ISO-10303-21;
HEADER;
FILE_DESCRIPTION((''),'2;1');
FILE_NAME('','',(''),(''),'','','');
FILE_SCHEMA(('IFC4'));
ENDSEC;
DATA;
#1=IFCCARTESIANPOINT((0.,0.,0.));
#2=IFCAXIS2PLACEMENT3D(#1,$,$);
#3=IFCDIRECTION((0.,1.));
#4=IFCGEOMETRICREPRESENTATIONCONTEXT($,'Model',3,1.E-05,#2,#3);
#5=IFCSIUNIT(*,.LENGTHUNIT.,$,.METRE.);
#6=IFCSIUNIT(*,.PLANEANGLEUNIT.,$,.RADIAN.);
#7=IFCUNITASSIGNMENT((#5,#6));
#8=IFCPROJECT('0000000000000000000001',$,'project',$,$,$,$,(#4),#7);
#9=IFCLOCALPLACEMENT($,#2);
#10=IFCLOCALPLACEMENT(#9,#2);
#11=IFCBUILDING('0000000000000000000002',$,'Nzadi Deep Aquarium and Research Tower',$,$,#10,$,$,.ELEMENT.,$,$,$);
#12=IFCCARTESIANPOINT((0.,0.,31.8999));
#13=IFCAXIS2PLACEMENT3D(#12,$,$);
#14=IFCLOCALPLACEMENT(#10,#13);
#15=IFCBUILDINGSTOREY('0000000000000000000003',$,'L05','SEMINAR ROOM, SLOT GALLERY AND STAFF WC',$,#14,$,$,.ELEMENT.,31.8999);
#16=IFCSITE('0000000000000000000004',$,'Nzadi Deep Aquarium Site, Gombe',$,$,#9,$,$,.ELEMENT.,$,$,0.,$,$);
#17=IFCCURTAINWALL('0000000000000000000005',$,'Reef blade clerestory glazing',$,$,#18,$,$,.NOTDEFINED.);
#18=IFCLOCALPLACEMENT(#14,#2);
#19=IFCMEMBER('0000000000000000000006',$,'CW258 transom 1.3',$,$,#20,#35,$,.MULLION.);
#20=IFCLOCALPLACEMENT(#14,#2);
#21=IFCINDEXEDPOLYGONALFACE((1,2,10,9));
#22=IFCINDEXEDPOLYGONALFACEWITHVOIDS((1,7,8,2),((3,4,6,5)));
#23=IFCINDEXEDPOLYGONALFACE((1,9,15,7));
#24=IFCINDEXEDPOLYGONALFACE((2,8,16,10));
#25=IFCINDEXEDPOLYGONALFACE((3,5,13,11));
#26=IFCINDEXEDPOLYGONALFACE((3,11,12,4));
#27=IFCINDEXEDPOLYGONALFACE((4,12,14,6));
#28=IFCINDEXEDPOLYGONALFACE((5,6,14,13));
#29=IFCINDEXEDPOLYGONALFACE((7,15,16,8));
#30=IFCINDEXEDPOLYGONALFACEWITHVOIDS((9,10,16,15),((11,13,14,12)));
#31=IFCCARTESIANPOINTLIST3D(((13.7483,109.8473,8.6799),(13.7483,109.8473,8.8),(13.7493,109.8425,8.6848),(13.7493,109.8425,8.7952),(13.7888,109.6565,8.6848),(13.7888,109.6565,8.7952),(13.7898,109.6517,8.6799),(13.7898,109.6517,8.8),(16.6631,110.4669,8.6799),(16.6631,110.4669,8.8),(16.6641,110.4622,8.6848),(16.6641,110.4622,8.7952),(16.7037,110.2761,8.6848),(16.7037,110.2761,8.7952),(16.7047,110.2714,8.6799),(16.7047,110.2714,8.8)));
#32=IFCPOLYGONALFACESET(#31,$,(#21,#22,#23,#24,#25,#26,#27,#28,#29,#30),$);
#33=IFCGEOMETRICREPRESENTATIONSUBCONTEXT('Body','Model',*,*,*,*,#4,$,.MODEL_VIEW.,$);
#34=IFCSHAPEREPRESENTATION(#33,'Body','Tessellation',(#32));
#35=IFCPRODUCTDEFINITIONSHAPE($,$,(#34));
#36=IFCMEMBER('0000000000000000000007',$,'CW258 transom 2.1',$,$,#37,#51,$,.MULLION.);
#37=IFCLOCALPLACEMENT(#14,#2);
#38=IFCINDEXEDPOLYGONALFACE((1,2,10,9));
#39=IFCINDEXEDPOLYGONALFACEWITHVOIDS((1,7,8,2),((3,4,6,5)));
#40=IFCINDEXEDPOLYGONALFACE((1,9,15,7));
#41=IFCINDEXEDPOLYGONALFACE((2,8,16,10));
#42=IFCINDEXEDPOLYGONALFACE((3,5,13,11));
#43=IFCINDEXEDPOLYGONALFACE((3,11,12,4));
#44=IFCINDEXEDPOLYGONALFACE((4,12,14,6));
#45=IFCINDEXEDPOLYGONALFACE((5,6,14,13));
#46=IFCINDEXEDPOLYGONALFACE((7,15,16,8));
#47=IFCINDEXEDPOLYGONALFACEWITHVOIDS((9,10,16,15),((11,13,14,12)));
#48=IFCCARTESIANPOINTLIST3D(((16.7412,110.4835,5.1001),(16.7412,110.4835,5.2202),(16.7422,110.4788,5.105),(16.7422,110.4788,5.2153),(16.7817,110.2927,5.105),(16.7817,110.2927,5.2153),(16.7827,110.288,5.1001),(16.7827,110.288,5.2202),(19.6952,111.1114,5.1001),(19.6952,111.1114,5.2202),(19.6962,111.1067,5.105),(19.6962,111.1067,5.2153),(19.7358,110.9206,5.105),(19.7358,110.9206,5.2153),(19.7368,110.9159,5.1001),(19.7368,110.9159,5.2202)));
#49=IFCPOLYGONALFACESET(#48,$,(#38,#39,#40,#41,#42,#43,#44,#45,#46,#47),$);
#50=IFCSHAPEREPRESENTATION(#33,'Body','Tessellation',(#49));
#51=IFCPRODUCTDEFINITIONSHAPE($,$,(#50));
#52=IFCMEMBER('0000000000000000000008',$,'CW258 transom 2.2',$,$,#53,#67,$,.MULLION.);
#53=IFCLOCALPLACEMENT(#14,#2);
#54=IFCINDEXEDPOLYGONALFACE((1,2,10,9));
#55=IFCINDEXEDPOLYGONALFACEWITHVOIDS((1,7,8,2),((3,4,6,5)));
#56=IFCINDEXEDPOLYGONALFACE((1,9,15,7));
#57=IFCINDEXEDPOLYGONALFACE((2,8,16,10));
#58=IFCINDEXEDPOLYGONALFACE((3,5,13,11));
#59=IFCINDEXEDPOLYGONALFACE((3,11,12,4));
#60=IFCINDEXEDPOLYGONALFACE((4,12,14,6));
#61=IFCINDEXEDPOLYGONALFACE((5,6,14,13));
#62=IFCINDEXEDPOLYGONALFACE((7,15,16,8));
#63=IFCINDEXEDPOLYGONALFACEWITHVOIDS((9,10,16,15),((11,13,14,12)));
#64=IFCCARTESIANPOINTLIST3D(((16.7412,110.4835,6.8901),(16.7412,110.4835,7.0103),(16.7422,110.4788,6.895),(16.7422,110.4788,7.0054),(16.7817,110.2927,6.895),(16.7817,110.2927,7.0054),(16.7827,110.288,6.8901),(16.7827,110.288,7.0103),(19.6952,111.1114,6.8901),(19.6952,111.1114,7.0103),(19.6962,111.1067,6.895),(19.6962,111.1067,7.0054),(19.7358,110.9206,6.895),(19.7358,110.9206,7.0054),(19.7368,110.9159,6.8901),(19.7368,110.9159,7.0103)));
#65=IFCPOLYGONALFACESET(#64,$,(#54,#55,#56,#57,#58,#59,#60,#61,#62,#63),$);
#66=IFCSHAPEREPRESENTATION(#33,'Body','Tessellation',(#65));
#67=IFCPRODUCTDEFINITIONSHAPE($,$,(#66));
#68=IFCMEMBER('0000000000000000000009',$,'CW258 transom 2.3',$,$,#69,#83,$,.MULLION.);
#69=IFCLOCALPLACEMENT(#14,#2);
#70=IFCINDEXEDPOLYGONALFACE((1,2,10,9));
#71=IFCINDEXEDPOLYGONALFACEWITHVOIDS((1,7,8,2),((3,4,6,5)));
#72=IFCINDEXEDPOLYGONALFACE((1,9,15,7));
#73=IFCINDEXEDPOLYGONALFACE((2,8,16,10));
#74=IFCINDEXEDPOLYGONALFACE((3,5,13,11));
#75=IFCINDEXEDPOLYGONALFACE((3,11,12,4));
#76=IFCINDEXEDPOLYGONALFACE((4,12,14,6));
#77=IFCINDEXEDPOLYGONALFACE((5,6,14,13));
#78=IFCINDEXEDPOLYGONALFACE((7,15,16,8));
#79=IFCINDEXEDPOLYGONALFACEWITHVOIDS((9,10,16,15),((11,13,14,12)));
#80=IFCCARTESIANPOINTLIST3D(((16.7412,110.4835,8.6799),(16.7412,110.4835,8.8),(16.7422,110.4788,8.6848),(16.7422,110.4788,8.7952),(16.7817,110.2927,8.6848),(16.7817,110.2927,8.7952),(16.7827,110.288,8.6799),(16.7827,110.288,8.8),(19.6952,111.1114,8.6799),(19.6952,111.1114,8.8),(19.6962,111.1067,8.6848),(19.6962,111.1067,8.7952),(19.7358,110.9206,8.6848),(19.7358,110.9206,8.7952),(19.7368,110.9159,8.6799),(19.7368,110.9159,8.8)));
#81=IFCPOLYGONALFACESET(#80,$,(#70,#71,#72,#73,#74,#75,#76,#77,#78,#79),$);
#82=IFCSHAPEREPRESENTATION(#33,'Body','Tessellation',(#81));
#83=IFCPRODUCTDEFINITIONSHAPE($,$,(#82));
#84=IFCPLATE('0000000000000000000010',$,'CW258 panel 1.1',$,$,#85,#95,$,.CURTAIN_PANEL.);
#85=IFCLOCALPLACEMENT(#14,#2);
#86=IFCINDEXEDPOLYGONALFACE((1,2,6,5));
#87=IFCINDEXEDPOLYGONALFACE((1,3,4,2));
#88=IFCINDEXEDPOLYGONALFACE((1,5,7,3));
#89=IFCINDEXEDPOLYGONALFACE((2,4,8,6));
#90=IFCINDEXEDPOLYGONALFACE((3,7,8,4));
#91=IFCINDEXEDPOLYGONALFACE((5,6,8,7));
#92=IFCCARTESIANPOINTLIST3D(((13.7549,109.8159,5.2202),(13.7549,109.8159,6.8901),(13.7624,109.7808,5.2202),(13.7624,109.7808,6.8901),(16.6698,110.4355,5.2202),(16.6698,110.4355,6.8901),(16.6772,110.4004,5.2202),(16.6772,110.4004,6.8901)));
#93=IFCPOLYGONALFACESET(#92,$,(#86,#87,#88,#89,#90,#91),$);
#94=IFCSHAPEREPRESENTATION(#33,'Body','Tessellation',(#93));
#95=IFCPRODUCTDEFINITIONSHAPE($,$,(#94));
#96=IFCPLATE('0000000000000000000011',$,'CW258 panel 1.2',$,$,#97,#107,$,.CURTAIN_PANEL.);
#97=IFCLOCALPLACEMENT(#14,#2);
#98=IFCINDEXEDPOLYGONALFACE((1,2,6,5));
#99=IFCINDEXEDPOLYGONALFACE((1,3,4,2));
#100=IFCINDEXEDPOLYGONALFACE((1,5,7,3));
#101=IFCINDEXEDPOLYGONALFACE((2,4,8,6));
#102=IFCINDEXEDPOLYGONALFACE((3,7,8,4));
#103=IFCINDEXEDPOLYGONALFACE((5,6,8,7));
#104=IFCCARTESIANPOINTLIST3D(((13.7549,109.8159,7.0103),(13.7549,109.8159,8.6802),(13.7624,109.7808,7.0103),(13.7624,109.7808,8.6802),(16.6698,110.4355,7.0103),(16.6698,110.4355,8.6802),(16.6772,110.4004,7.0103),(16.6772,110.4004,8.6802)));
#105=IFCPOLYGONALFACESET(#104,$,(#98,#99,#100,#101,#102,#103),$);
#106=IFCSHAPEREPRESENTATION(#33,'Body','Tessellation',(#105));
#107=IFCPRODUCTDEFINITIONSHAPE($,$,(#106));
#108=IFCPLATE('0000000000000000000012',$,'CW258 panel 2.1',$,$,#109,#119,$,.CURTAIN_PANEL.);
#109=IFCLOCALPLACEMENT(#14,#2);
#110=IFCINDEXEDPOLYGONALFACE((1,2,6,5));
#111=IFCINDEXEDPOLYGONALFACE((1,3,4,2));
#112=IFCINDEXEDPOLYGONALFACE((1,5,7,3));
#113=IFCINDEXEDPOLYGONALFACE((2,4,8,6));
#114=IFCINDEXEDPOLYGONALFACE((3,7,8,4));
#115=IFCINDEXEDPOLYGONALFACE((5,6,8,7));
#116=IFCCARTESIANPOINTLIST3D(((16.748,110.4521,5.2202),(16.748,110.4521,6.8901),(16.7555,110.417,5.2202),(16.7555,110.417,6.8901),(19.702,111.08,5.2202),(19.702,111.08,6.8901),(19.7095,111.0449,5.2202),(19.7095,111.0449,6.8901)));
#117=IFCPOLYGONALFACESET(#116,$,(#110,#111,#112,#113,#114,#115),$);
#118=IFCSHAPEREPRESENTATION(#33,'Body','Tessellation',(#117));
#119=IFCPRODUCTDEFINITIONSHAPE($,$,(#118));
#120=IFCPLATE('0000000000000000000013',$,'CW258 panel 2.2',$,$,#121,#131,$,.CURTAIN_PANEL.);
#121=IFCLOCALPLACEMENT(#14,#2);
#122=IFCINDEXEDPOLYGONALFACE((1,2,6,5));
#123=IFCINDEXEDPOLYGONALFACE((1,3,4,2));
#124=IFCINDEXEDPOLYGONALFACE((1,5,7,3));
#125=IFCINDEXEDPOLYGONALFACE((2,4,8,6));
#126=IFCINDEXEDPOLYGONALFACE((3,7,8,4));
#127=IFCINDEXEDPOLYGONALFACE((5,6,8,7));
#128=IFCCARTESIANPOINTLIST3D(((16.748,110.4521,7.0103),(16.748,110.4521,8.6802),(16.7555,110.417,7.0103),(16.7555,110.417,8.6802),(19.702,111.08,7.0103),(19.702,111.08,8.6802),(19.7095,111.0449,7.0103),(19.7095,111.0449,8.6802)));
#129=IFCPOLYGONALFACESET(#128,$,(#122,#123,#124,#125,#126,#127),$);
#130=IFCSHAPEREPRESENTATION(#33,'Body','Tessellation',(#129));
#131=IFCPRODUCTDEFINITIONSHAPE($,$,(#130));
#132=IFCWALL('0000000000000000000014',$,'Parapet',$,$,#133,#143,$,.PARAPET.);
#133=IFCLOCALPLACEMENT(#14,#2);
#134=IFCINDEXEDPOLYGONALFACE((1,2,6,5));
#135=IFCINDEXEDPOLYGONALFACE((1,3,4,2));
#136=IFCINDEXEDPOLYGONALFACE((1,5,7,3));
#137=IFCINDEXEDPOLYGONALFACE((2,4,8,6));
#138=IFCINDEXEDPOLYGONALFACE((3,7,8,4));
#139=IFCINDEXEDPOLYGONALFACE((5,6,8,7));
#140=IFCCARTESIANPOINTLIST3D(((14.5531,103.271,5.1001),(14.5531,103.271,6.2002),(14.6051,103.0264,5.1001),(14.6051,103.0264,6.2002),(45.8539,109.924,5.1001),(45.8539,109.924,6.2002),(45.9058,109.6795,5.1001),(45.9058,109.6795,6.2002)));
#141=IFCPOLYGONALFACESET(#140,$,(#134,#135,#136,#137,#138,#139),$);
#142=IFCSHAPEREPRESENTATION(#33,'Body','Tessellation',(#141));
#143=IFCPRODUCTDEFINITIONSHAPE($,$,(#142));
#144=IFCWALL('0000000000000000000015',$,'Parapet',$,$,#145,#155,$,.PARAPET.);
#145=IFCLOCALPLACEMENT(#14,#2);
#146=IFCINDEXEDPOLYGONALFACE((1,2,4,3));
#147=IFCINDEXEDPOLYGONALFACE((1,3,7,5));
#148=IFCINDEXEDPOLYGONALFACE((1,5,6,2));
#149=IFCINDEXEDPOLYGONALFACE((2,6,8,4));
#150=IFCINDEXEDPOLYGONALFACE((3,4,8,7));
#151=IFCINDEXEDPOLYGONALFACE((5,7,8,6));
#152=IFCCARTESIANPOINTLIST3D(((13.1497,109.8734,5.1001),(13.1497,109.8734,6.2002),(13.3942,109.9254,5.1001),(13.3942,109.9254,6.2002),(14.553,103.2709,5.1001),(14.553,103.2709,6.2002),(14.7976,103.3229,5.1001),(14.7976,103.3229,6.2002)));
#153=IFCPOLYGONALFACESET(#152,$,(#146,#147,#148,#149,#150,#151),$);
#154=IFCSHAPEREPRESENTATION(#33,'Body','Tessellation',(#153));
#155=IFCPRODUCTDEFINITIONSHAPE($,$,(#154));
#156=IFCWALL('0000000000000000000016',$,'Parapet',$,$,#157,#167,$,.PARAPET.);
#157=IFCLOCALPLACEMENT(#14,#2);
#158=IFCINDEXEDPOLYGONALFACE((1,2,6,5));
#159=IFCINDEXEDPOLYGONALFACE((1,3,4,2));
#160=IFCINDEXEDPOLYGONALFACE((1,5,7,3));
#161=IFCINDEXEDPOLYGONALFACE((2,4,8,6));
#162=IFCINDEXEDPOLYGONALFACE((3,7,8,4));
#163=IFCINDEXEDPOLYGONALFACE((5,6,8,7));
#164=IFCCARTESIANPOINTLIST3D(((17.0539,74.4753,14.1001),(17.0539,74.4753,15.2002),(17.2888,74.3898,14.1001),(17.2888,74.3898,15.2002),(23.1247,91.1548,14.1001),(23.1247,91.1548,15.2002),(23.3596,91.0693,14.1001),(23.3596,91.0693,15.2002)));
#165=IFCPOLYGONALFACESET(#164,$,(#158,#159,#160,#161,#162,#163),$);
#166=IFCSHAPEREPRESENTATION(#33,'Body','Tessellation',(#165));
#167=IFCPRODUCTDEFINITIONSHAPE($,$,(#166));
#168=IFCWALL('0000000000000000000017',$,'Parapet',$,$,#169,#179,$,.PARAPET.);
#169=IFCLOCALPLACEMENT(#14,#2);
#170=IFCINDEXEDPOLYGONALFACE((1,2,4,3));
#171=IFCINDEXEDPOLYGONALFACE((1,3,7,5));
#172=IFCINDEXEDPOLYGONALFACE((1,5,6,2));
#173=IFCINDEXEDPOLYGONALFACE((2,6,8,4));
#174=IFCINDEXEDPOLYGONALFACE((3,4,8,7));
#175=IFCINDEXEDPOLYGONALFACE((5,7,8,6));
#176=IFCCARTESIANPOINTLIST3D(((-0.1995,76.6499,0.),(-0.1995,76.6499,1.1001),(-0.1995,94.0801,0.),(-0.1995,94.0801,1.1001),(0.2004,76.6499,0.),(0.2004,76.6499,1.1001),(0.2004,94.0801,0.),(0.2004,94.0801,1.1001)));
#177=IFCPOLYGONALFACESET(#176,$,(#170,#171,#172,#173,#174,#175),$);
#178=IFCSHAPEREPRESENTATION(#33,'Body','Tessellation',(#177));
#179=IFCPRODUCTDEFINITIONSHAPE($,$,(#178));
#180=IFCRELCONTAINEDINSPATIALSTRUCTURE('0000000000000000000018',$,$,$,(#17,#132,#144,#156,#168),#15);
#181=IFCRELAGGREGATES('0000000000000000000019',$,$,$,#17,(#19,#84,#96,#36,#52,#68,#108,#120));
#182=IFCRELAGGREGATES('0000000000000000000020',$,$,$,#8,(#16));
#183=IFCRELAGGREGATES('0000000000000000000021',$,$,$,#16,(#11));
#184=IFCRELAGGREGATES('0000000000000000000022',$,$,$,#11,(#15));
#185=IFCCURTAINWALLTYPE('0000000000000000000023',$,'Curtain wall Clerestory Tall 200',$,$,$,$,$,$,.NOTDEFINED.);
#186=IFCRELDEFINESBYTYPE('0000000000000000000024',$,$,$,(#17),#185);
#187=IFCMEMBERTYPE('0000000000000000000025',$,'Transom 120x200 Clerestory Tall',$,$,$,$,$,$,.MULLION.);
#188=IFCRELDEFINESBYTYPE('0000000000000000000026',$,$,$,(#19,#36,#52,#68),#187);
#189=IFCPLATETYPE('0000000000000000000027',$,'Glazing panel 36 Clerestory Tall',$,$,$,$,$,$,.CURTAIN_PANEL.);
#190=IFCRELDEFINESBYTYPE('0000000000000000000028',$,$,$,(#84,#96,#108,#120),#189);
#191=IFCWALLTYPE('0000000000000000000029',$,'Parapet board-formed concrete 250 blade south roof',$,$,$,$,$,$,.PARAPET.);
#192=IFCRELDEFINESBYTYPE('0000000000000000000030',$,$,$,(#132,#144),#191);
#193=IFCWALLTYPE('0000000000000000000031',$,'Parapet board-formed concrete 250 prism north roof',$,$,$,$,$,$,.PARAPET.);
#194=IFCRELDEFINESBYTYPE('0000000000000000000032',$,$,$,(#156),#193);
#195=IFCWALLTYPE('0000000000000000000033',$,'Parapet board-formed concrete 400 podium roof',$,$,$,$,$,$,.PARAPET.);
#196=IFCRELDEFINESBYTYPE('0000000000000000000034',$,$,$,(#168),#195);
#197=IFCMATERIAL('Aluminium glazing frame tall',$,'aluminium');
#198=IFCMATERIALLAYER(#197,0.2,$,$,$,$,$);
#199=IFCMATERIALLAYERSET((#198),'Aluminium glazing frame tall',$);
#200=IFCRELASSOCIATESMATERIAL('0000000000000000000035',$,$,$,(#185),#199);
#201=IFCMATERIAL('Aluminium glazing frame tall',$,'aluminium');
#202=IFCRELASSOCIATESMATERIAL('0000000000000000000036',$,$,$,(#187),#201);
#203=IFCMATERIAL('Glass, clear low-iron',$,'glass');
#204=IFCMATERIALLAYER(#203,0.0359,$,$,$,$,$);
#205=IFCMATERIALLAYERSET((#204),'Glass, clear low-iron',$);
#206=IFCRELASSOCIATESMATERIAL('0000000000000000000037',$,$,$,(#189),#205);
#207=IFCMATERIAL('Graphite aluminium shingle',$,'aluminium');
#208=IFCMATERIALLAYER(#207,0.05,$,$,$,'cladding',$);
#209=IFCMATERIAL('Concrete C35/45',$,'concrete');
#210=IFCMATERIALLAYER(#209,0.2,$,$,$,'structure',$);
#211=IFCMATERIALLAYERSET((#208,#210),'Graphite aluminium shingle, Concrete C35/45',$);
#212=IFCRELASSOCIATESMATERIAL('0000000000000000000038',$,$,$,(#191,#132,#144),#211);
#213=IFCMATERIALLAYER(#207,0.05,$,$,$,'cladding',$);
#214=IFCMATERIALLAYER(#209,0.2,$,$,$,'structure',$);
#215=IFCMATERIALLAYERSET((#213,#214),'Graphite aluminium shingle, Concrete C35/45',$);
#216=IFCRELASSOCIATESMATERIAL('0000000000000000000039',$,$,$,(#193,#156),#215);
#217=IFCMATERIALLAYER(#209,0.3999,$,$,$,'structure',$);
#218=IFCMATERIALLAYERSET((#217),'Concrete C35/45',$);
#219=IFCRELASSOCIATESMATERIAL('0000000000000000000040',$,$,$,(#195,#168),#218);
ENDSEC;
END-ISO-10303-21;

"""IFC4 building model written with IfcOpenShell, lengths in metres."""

from ifc_helpers import new_model, si_unit, direction, frame, frame_2d, origin, origin_2d, place, context, subcontext, project, spatial, rectangle, hollow_rectangle, extrude, material, layer, layer_set, layer_usage, material_profile, profile_set, type_object, element, aggregate, save


model = new_model("IFC4")

# Units and contexts
model_context = context("Model", 3, precision=1e-05, world=origin(), true_north=direction((0.0, 1.0)))
body_context = subcontext(model_context, "Body", "Model", "MODEL_VIEW")
ifc_project = project(units=[si_unit("LENGTHUNIT", "METRE"), si_unit("PLANEANGLEUNIT", "RADIAN")], contexts=[model_context])

# Site, building, storey
site_placement = place(None, origin())
site = spatial("IfcSite", under=ifc_project, at=site_placement, Name="Nzadi Deep Aquarium Site, Gombe", CompositionType="ELEMENT", RefElevation=0.0)
building_placement = place(site_placement, origin())
building = spatial("IfcBuilding", under=site, at=building_placement, Name="Nzadi Deep Aquarium and Research Tower", CompositionType="ELEMENT")
storey_placement = place(building_placement, frame((0.0, 0.0, 31.8999)))
storey = spatial("IfcBuildingStorey", under=building, at=storey_placement, Name="L05", Description="SEMINAR ROOM, SLOT GALLERY AND STAFF WC", CompositionType="ELEMENT", Elevation=31.8999)

# Curtain wall
ifc_material_1 = material(Name="Aluminium glazing frame tall", Category="aluminium")
ifc_layer_1 = layer(ifc_material_1, 0.2)
ifc_layer_set_1 = layer_set([ifc_layer_1], Name="Aluminium glazing frame tall")
curtain_wall_type = type_object("IfcCurtainWallType", Name="Curtain wall Clerestory Tall 200", PredefinedType="NOTDEFINED", material=ifc_layer_set_1)
curtain_wall_placement = place(storey_placement, origin())
curtain_wall = element("IfcCurtainWall", 1, at=curtain_wall_placement, inside=storey, type_object=curtain_wall_type, Name="Reef blade clerestory glazing", PredefinedType="NOTDEFINED")

# Members
ifc_material_2 = material(Name="Aluminium glazing frame tall", Category="aluminium")
ifc_material_profile_1 = material_profile(ifc_material_2, hollow_rectangle(XDim=0.2, YDim=0.1201, WallThickness=0.0049, at=origin_2d()))
ifc_profile_set_1 = profile_set([ifc_material_profile_1], Name="Aluminium glazing frame tall")
member_type_1 = type_object("IfcMemberType", Name="Transom 120x200 Clerestory Tall", PredefinedType="MULLION", material=ifc_profile_set_1)
member_1_placement = place(storey_placement, frame((13.769, 109.7495, 8.74), z_axis=(0.978143, 0.207934, 0.0), x_axis=(-0.207934, 0.978143, 0.0)))
member_1 = element("IfcMember", 2, at=member_1_placement, type_object=member_type_1, Name="CW258 transom 1.3", PredefinedType="MULLION", context=body_context, shape_type="SweptSolid", body=[
    extrude(hollow_rectangle(XDim=0.2, YDim=0.1201, WallThickness=0.0049, at=origin_2d()), origin(), (0.0, 0.0, 1.0), 2.98),
])
member_2_placement = place(storey_placement, frame((16.762, 110.3857, 5.1602), z_axis=(0.978147, 0.207917, 0.0), x_axis=(-0.207917, 0.978147, 0.0)))
member_2 = element("IfcMember", 3, at=member_2_placement, type_object=member_type_1, Name="CW258 transom 2.1", PredefinedType="MULLION", context=body_context, shape_type="SweptSolid", body=[
    extrude(hollow_rectangle(XDim=0.2, YDim=0.1201, WallThickness=0.0049, at=origin_2d()), origin(), (0.0, 0.0, 1.0), 3.02),
])
member_3_placement = place(storey_placement, frame((16.762, 110.3857, 6.9502), z_axis=(0.978147, 0.207917, 0.0), x_axis=(-0.207917, 0.978147, 0.0)))
member_3 = element("IfcMember", 4, at=member_3_placement, type_object=member_type_1, Name="CW258 transom 2.2", PredefinedType="MULLION", context=body_context, shape_type="SweptSolid", body=[
    extrude(hollow_rectangle(XDim=0.2, YDim=0.1201, WallThickness=0.0049, at=origin_2d()), origin(), (0.0, 0.0, 1.0), 3.02),
])
member_4_placement = place(storey_placement, frame((16.762, 110.3857, 8.74), z_axis=(0.978147, 0.207917, 0.0), x_axis=(-0.207917, 0.978147, 0.0)))
member_4 = element("IfcMember", 5, at=member_4_placement, type_object=member_type_1, Name="CW258 transom 2.3", PredefinedType="MULLION", context=body_context, shape_type="SweptSolid", body=[
    extrude(hollow_rectangle(XDim=0.2, YDim=0.1201, WallThickness=0.0049, at=origin_2d()), origin(), (0.0, 0.0, 1.0), 3.02),
])

# Plates
ifc_material_3 = material(Name="Glass, clear low-iron", Category="glass")
ifc_layer_2 = layer(ifc_material_3, 0.0359)
ifc_layer_set_2 = layer_set([ifc_layer_2], Name="Glass, clear low-iron")
plate_type = type_object("IfcPlateType", Name="Glazing panel 36 Clerestory Tall", PredefinedType="CURTAIN_PANEL", material=ifc_layer_set_2)
plate_1_placement = place(storey_placement, frame((15.2161, 110.1082, 5.2202), z_axis=(0.0, 0.0, 1.0), x_axis=(0.978148, 0.207912, 0.0)))
plate_1 = element("IfcPlate", 6, at=plate_1_placement, type_object=plate_type, Name="CW258 panel 1.1", PredefinedType="CURTAIN_PANEL", context=body_context, shape_type="SweptSolid", body=[
    extrude(rectangle(XDim=2.98, YDim=0.0359, at=origin_2d()), origin(), (0.0, 0.0, 1.0), 1.6699),
])
plate_2_placement = place(storey_placement, frame((15.2161, 110.1082, 7.0103), z_axis=(0.0, 0.0, 1.0), x_axis=(0.978148, 0.207912, 0.0)))
plate_2 = element("IfcPlate", 7, at=plate_2_placement, type_object=plate_type, Name="CW258 panel 1.2", PredefinedType="CURTAIN_PANEL", context=body_context, shape_type="SweptSolid", body=[
    extrude(rectangle(XDim=2.98, YDim=0.0359, at=origin_2d()), origin(), (0.0, 0.0, 1.0), 1.6699),
])
plate_3_placement = place(storey_placement, frame((18.2288, 110.7485, 5.2202), z_axis=(0.0, 0.0, 1.0), x_axis=(0.978148, 0.207912, 0.0)))
plate_3 = element("IfcPlate", 8, at=plate_3_placement, type_object=plate_type, Name="CW258 panel 2.1", PredefinedType="CURTAIN_PANEL", context=body_context, shape_type="SweptSolid", body=[
    extrude(rectangle(XDim=3.02, YDim=0.0359, at=origin_2d()), origin(), (0.0, 0.0, 1.0), 1.6699),
])
plate_4_placement = place(storey_placement, frame((18.2288, 110.7485, 7.0103), z_axis=(0.0, 0.0, 1.0), x_axis=(0.978148, 0.207912, 0.0)))
plate_4 = element("IfcPlate", 9, at=plate_4_placement, type_object=plate_type, Name="CW258 panel 2.2", PredefinedType="CURTAIN_PANEL", context=body_context, shape_type="SweptSolid", body=[
    extrude(rectangle(XDim=3.02, YDim=0.0359, at=origin_2d()), origin(), (0.0, 0.0, 1.0), 1.6699),
])
aggregate(curtain_wall, [member_1, plate_1, plate_2, member_2, member_3, member_4, plate_3, plate_4])

# Walls
ifc_material_4 = material(Name="Graphite aluminium shingle", Category="aluminium")
ifc_layer_3 = layer(ifc_material_4, 0.05, Category="cladding")
ifc_material_5 = material(Name="Concrete C35/45", Category="concrete")
ifc_layer_4 = layer(ifc_material_5, 0.2, Category="structure")
ifc_layer_set_3 = layer_set([ifc_layer_3, ifc_layer_4], Name="Graphite aluminium shingle, Concrete C35/45")
ifc_layer_usage_1 = layer_usage(ifc_layer_set_3, "AXIS2", "POSITIVE", -0.125)
wall_type_1 = type_object("IfcWallType", Name="Parapet board-formed concrete 250 blade south roof", PredefinedType="PARAPET", material=ifc_layer_set_3)
wall_1_placement = place(storey_placement, frame((14.5791, 103.1487, 5.1001), z_axis=(0.0, 0.0, 1.0), x_axis=(0.978148, 0.207908, 0.0)))
element("IfcWall", 10, at=wall_1_placement, inside=storey, type_object=wall_type_1, material=ifc_layer_usage_1, Name="Parapet", PredefinedType="PARAPET", context=body_context, shape_type="SweptSolid", body=[
    extrude(rectangle(XDim=32.0, YDim=0.25, at=frame_2d((16.0, 0.0))), origin(), (0.0, 0.0, 1.0), 1.1001),
])
ifc_layer_usage_2 = layer_usage(ifc_layer_set_3, "AXIS2", "POSITIVE", -0.125)
wall_2_placement = place(storey_placement, frame((13.272, 109.8994, 5.1001), z_axis=(0.0, 0.0, 1.0), x_axis=(0.207899, -0.97815, 0.0)))
element("IfcWall", 11, at=wall_2_placement, inside=storey, type_object=wall_type_1, material=ifc_layer_usage_2, Name="Parapet", PredefinedType="PARAPET", context=body_context, shape_type="SweptSolid", body=[
    extrude(rectangle(XDim=6.75, YDim=0.25, at=frame_2d((3.375, 0.0))), origin(), (0.0, 0.0, 1.0), 1.1001),
])
ifc_layer_5 = layer(ifc_material_4, 0.05, Category="cladding")
ifc_layer_6 = layer(ifc_material_5, 0.2, Category="structure")
ifc_layer_set_4 = layer_set([ifc_layer_5, ifc_layer_6], Name="Graphite aluminium shingle, Concrete C35/45")
ifc_layer_usage_3 = layer_usage(ifc_layer_set_4, "AXIS2", "POSITIVE", -0.125)
wall_type_2 = type_object("IfcWallType", Name="Parapet board-formed concrete 250 prism north roof", PredefinedType="PARAPET", material=ifc_layer_set_4)
wall_3_placement = place(storey_placement, frame((23.2422, 91.1121, 14.1001), z_axis=(0.0, 0.0, 1.0), x_axis=(-0.342019, -0.939693, 0.0)))
element("IfcWall", 12, at=wall_3_placement, inside=storey, type_object=wall_type_2, material=ifc_layer_usage_3, Name="Parapet", PredefinedType="PARAPET", context=body_context, shape_type="SweptSolid", body=[
    extrude(rectangle(XDim=17.75, YDim=0.25, at=frame_2d((8.875, 0.0))), origin(), (0.0, 0.0, 1.0), 1.1001),
])
ifc_layer_7 = layer(ifc_material_5, 0.3999, Category="structure")
ifc_layer_set_5 = layer_set([ifc_layer_7], Name="Concrete C35/45")
ifc_layer_usage_4 = layer_usage(ifc_layer_set_5, "AXIS2", "POSITIVE", -0.2)
wall_type_3 = type_object("IfcWallType", Name="Parapet board-formed concrete 400 podium roof", PredefinedType="PARAPET", material=ifc_layer_set_5)
wall_4_placement = place(storey_placement, frame((0.0005, 94.0801, 0.0), z_axis=(0.0, 0.0, 1.0), x_axis=(0.0, -1.0, 0.0)))
element("IfcWall", 13, at=wall_4_placement, inside=storey, type_object=wall_type_3, material=ifc_layer_usage_4, Name="Parapet", PredefinedType="PARAPET", context=body_context, shape_type="SweptSolid", body=[
    extrude(rectangle(XDim=17.4302, YDim=0.3999, at=frame_2d((8.7151, 0.0))), origin(), (0.0, 0.0, 1.0), 1.1001),
])

save(model, "model.ifc")
